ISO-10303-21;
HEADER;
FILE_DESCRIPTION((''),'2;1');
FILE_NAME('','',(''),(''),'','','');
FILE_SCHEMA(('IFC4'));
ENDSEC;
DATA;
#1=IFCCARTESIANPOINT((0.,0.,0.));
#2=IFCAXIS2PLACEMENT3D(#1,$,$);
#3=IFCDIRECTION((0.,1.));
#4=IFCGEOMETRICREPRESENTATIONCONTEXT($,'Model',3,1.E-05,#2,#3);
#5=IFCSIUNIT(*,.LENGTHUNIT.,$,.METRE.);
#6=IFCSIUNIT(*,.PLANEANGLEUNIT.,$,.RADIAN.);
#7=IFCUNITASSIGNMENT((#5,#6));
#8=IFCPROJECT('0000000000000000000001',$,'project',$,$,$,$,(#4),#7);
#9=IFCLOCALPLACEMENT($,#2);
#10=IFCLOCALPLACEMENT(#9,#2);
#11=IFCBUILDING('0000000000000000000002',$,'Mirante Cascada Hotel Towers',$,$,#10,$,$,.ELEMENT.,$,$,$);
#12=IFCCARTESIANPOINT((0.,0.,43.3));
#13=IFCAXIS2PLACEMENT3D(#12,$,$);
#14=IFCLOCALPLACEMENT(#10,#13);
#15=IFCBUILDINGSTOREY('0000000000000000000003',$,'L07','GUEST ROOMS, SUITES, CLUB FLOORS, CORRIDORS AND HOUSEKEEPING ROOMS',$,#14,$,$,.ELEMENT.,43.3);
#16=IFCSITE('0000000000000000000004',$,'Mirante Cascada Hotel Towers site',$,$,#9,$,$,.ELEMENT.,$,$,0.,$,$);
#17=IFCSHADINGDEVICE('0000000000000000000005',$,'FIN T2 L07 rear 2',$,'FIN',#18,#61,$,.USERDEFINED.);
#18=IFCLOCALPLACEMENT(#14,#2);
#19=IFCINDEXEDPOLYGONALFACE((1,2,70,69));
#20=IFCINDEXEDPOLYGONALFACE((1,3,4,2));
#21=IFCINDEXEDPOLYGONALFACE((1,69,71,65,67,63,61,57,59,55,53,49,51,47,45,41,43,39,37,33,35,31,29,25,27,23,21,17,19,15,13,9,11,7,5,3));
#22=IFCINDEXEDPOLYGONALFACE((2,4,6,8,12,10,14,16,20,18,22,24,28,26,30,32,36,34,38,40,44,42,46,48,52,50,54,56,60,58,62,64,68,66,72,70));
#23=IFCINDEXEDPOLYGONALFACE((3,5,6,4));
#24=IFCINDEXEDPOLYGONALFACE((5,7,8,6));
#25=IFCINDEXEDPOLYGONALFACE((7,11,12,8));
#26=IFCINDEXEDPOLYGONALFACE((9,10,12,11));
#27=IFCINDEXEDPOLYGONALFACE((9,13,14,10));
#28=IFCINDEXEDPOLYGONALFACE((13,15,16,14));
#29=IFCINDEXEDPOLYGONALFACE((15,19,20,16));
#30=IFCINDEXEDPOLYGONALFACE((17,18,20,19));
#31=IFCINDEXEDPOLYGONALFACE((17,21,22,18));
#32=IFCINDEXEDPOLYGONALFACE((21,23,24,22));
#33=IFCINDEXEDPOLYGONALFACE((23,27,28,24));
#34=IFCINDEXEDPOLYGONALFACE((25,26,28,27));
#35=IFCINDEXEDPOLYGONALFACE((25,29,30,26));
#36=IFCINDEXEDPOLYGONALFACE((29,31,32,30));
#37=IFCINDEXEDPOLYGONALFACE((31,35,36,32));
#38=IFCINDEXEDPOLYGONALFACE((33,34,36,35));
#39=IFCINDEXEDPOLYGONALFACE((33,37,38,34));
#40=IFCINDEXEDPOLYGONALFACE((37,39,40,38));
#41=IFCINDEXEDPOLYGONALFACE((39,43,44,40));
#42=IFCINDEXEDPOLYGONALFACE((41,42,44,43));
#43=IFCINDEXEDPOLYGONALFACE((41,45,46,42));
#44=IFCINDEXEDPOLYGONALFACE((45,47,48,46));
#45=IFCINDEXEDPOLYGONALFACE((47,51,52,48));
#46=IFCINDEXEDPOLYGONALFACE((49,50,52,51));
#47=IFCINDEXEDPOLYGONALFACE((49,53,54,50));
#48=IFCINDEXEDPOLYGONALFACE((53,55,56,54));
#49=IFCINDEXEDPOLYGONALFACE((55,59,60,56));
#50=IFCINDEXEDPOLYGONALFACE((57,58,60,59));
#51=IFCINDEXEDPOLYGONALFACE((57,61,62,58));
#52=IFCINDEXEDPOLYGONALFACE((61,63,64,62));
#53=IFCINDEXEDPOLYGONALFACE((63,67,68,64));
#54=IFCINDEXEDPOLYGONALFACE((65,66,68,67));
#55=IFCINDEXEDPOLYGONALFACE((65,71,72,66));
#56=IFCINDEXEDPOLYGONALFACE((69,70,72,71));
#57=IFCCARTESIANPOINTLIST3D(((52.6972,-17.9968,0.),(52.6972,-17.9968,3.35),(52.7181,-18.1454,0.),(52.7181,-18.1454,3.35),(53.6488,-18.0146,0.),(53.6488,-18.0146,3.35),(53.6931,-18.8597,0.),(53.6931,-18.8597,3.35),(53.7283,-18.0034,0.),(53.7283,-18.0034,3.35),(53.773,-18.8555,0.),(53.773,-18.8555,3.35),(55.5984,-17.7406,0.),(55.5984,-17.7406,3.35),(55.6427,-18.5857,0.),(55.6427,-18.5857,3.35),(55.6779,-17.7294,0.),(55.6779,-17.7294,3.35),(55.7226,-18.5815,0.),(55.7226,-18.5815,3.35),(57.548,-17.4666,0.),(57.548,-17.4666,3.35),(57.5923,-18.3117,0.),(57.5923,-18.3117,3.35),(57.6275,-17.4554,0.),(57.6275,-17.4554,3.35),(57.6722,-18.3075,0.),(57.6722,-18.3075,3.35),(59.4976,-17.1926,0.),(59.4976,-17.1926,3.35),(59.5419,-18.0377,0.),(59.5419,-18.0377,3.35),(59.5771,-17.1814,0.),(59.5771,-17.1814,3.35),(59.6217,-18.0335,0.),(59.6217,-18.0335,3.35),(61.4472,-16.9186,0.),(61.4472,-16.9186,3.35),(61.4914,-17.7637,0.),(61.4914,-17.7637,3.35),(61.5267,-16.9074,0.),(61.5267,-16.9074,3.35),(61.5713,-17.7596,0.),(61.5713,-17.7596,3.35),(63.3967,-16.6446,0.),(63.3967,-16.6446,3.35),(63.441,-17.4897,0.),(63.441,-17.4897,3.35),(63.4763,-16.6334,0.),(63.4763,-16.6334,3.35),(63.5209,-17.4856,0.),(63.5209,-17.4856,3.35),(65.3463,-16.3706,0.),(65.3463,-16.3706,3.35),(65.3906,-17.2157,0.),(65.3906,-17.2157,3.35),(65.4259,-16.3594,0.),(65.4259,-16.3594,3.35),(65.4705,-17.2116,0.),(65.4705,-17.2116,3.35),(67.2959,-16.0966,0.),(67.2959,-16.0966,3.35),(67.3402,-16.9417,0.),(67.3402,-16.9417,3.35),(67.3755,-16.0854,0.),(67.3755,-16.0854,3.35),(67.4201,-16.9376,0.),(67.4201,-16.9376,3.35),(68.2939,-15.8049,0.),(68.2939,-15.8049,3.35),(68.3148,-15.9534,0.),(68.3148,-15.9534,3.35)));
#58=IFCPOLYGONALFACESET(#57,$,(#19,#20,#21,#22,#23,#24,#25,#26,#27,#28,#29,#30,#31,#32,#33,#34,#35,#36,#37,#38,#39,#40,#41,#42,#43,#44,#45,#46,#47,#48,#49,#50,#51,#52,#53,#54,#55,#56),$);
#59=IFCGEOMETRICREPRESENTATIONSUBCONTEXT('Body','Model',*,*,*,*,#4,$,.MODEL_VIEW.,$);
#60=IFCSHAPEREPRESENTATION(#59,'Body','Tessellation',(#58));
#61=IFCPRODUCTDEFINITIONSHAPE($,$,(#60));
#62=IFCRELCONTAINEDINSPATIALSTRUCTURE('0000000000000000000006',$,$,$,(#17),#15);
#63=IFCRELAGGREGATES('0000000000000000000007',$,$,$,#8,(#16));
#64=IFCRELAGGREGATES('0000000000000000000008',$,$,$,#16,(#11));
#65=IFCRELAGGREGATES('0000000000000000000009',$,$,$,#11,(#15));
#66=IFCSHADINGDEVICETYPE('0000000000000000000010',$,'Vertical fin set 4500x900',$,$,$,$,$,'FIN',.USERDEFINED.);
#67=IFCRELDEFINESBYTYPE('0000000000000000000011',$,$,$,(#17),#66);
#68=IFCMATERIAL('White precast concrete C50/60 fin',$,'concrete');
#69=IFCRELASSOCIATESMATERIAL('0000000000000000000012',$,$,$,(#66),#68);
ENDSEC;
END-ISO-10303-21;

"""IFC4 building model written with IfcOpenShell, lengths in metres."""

from ifc_helpers import new_model, si_unit, direction, frame, origin, place, context, subcontext, project, spatial, polyline, outline, extrude, material, type_object, element, save


model = new_model("IFC4")

# Units and contexts
model_context = context("Model", 3, precision=1e-05, world=origin(), true_north=direction((0.0, 1.0)))
body_context = subcontext(model_context, "Body", "Model", "MODEL_VIEW")
ifc_project = project(units=[si_unit("LENGTHUNIT", "METRE"), si_unit("PLANEANGLEUNIT", "RADIAN")], contexts=[model_context])

# Site, building, storey
site_placement = place(None, origin())
site = spatial("IfcSite", under=ifc_project, at=site_placement, Name="Mirante Cascada Hotel Towers site", CompositionType="ELEMENT", RefElevation=0.0)
building_placement = place(site_placement, origin())
building = spatial("IfcBuilding", under=site, at=building_placement, Name="Mirante Cascada Hotel Towers", CompositionType="ELEMENT")
storey_placement = place(building_placement, frame((0.0, 0.0, 43.3)))
storey = spatial("IfcBuildingStorey", under=building, at=storey_placement, Name="L07", Description="GUEST ROOMS, SUITES, CLUB FLOORS, CORRIDORS AND HOUSEKEEPING ROOMS", CompositionType="ELEMENT", Elevation=43.3)

# Shading device
ifc_material_1 = material(Name="White precast concrete C50/60 fin", Category="concrete")
shading_device_type = type_object("IfcShadingDeviceType", Name="Vertical fin set 4500x900", ElementType="FIN", PredefinedType="USERDEFINED", material=ifc_material_1)
shading_device_1_placement = place(storey_placement, origin())
element("IfcShadingDevice", 1, at=shading_device_1_placement, inside=storey, type_object=shading_device_type, Name="FIN T2 L07 rear 2", ObjectType="FIN", PredefinedType="USERDEFINED", context=body_context, shape_type="SweptSolid", body=[
    extrude(outline(polyline([(53.6931, -18.8597), (53.6488, -18.0146), (52.7181, -18.1454), (52.6972, -17.9968), (68.2939, -15.8049), (68.3148, -15.9534), (67.3755, -16.0854), (67.4201, -16.9376), (67.3402, -16.9417), (67.2959, -16.0966), (65.4259, -16.3594), (65.4705, -17.2116), (65.3906, -17.2157), (65.3463, -16.3706), (63.4763, -16.6334), (63.5209, -17.4856), (63.441, -17.4897), (63.3967, -16.6446), (61.5267, -16.9074), (61.5713, -17.7596), (61.4914, -17.7637), (61.4472, -16.9186), (59.5771, -17.1814), (59.6217, -18.0335), (59.5419, -18.0377), (59.4976, -17.1926), (57.6275, -17.4554), (57.6722, -18.3075), (57.5923, -18.3117), (57.548, -17.4666), (55.6779, -17.7294), (55.7226, -18.5815), (55.6427, -18.5857), (55.5984, -17.7406), (53.7283, -18.0034), (53.773, -18.8555), (53.6931, -18.8597)])), origin(), (0.0, 0.0, 1.0), 3.35),
])

save(model, "model.ifc")
